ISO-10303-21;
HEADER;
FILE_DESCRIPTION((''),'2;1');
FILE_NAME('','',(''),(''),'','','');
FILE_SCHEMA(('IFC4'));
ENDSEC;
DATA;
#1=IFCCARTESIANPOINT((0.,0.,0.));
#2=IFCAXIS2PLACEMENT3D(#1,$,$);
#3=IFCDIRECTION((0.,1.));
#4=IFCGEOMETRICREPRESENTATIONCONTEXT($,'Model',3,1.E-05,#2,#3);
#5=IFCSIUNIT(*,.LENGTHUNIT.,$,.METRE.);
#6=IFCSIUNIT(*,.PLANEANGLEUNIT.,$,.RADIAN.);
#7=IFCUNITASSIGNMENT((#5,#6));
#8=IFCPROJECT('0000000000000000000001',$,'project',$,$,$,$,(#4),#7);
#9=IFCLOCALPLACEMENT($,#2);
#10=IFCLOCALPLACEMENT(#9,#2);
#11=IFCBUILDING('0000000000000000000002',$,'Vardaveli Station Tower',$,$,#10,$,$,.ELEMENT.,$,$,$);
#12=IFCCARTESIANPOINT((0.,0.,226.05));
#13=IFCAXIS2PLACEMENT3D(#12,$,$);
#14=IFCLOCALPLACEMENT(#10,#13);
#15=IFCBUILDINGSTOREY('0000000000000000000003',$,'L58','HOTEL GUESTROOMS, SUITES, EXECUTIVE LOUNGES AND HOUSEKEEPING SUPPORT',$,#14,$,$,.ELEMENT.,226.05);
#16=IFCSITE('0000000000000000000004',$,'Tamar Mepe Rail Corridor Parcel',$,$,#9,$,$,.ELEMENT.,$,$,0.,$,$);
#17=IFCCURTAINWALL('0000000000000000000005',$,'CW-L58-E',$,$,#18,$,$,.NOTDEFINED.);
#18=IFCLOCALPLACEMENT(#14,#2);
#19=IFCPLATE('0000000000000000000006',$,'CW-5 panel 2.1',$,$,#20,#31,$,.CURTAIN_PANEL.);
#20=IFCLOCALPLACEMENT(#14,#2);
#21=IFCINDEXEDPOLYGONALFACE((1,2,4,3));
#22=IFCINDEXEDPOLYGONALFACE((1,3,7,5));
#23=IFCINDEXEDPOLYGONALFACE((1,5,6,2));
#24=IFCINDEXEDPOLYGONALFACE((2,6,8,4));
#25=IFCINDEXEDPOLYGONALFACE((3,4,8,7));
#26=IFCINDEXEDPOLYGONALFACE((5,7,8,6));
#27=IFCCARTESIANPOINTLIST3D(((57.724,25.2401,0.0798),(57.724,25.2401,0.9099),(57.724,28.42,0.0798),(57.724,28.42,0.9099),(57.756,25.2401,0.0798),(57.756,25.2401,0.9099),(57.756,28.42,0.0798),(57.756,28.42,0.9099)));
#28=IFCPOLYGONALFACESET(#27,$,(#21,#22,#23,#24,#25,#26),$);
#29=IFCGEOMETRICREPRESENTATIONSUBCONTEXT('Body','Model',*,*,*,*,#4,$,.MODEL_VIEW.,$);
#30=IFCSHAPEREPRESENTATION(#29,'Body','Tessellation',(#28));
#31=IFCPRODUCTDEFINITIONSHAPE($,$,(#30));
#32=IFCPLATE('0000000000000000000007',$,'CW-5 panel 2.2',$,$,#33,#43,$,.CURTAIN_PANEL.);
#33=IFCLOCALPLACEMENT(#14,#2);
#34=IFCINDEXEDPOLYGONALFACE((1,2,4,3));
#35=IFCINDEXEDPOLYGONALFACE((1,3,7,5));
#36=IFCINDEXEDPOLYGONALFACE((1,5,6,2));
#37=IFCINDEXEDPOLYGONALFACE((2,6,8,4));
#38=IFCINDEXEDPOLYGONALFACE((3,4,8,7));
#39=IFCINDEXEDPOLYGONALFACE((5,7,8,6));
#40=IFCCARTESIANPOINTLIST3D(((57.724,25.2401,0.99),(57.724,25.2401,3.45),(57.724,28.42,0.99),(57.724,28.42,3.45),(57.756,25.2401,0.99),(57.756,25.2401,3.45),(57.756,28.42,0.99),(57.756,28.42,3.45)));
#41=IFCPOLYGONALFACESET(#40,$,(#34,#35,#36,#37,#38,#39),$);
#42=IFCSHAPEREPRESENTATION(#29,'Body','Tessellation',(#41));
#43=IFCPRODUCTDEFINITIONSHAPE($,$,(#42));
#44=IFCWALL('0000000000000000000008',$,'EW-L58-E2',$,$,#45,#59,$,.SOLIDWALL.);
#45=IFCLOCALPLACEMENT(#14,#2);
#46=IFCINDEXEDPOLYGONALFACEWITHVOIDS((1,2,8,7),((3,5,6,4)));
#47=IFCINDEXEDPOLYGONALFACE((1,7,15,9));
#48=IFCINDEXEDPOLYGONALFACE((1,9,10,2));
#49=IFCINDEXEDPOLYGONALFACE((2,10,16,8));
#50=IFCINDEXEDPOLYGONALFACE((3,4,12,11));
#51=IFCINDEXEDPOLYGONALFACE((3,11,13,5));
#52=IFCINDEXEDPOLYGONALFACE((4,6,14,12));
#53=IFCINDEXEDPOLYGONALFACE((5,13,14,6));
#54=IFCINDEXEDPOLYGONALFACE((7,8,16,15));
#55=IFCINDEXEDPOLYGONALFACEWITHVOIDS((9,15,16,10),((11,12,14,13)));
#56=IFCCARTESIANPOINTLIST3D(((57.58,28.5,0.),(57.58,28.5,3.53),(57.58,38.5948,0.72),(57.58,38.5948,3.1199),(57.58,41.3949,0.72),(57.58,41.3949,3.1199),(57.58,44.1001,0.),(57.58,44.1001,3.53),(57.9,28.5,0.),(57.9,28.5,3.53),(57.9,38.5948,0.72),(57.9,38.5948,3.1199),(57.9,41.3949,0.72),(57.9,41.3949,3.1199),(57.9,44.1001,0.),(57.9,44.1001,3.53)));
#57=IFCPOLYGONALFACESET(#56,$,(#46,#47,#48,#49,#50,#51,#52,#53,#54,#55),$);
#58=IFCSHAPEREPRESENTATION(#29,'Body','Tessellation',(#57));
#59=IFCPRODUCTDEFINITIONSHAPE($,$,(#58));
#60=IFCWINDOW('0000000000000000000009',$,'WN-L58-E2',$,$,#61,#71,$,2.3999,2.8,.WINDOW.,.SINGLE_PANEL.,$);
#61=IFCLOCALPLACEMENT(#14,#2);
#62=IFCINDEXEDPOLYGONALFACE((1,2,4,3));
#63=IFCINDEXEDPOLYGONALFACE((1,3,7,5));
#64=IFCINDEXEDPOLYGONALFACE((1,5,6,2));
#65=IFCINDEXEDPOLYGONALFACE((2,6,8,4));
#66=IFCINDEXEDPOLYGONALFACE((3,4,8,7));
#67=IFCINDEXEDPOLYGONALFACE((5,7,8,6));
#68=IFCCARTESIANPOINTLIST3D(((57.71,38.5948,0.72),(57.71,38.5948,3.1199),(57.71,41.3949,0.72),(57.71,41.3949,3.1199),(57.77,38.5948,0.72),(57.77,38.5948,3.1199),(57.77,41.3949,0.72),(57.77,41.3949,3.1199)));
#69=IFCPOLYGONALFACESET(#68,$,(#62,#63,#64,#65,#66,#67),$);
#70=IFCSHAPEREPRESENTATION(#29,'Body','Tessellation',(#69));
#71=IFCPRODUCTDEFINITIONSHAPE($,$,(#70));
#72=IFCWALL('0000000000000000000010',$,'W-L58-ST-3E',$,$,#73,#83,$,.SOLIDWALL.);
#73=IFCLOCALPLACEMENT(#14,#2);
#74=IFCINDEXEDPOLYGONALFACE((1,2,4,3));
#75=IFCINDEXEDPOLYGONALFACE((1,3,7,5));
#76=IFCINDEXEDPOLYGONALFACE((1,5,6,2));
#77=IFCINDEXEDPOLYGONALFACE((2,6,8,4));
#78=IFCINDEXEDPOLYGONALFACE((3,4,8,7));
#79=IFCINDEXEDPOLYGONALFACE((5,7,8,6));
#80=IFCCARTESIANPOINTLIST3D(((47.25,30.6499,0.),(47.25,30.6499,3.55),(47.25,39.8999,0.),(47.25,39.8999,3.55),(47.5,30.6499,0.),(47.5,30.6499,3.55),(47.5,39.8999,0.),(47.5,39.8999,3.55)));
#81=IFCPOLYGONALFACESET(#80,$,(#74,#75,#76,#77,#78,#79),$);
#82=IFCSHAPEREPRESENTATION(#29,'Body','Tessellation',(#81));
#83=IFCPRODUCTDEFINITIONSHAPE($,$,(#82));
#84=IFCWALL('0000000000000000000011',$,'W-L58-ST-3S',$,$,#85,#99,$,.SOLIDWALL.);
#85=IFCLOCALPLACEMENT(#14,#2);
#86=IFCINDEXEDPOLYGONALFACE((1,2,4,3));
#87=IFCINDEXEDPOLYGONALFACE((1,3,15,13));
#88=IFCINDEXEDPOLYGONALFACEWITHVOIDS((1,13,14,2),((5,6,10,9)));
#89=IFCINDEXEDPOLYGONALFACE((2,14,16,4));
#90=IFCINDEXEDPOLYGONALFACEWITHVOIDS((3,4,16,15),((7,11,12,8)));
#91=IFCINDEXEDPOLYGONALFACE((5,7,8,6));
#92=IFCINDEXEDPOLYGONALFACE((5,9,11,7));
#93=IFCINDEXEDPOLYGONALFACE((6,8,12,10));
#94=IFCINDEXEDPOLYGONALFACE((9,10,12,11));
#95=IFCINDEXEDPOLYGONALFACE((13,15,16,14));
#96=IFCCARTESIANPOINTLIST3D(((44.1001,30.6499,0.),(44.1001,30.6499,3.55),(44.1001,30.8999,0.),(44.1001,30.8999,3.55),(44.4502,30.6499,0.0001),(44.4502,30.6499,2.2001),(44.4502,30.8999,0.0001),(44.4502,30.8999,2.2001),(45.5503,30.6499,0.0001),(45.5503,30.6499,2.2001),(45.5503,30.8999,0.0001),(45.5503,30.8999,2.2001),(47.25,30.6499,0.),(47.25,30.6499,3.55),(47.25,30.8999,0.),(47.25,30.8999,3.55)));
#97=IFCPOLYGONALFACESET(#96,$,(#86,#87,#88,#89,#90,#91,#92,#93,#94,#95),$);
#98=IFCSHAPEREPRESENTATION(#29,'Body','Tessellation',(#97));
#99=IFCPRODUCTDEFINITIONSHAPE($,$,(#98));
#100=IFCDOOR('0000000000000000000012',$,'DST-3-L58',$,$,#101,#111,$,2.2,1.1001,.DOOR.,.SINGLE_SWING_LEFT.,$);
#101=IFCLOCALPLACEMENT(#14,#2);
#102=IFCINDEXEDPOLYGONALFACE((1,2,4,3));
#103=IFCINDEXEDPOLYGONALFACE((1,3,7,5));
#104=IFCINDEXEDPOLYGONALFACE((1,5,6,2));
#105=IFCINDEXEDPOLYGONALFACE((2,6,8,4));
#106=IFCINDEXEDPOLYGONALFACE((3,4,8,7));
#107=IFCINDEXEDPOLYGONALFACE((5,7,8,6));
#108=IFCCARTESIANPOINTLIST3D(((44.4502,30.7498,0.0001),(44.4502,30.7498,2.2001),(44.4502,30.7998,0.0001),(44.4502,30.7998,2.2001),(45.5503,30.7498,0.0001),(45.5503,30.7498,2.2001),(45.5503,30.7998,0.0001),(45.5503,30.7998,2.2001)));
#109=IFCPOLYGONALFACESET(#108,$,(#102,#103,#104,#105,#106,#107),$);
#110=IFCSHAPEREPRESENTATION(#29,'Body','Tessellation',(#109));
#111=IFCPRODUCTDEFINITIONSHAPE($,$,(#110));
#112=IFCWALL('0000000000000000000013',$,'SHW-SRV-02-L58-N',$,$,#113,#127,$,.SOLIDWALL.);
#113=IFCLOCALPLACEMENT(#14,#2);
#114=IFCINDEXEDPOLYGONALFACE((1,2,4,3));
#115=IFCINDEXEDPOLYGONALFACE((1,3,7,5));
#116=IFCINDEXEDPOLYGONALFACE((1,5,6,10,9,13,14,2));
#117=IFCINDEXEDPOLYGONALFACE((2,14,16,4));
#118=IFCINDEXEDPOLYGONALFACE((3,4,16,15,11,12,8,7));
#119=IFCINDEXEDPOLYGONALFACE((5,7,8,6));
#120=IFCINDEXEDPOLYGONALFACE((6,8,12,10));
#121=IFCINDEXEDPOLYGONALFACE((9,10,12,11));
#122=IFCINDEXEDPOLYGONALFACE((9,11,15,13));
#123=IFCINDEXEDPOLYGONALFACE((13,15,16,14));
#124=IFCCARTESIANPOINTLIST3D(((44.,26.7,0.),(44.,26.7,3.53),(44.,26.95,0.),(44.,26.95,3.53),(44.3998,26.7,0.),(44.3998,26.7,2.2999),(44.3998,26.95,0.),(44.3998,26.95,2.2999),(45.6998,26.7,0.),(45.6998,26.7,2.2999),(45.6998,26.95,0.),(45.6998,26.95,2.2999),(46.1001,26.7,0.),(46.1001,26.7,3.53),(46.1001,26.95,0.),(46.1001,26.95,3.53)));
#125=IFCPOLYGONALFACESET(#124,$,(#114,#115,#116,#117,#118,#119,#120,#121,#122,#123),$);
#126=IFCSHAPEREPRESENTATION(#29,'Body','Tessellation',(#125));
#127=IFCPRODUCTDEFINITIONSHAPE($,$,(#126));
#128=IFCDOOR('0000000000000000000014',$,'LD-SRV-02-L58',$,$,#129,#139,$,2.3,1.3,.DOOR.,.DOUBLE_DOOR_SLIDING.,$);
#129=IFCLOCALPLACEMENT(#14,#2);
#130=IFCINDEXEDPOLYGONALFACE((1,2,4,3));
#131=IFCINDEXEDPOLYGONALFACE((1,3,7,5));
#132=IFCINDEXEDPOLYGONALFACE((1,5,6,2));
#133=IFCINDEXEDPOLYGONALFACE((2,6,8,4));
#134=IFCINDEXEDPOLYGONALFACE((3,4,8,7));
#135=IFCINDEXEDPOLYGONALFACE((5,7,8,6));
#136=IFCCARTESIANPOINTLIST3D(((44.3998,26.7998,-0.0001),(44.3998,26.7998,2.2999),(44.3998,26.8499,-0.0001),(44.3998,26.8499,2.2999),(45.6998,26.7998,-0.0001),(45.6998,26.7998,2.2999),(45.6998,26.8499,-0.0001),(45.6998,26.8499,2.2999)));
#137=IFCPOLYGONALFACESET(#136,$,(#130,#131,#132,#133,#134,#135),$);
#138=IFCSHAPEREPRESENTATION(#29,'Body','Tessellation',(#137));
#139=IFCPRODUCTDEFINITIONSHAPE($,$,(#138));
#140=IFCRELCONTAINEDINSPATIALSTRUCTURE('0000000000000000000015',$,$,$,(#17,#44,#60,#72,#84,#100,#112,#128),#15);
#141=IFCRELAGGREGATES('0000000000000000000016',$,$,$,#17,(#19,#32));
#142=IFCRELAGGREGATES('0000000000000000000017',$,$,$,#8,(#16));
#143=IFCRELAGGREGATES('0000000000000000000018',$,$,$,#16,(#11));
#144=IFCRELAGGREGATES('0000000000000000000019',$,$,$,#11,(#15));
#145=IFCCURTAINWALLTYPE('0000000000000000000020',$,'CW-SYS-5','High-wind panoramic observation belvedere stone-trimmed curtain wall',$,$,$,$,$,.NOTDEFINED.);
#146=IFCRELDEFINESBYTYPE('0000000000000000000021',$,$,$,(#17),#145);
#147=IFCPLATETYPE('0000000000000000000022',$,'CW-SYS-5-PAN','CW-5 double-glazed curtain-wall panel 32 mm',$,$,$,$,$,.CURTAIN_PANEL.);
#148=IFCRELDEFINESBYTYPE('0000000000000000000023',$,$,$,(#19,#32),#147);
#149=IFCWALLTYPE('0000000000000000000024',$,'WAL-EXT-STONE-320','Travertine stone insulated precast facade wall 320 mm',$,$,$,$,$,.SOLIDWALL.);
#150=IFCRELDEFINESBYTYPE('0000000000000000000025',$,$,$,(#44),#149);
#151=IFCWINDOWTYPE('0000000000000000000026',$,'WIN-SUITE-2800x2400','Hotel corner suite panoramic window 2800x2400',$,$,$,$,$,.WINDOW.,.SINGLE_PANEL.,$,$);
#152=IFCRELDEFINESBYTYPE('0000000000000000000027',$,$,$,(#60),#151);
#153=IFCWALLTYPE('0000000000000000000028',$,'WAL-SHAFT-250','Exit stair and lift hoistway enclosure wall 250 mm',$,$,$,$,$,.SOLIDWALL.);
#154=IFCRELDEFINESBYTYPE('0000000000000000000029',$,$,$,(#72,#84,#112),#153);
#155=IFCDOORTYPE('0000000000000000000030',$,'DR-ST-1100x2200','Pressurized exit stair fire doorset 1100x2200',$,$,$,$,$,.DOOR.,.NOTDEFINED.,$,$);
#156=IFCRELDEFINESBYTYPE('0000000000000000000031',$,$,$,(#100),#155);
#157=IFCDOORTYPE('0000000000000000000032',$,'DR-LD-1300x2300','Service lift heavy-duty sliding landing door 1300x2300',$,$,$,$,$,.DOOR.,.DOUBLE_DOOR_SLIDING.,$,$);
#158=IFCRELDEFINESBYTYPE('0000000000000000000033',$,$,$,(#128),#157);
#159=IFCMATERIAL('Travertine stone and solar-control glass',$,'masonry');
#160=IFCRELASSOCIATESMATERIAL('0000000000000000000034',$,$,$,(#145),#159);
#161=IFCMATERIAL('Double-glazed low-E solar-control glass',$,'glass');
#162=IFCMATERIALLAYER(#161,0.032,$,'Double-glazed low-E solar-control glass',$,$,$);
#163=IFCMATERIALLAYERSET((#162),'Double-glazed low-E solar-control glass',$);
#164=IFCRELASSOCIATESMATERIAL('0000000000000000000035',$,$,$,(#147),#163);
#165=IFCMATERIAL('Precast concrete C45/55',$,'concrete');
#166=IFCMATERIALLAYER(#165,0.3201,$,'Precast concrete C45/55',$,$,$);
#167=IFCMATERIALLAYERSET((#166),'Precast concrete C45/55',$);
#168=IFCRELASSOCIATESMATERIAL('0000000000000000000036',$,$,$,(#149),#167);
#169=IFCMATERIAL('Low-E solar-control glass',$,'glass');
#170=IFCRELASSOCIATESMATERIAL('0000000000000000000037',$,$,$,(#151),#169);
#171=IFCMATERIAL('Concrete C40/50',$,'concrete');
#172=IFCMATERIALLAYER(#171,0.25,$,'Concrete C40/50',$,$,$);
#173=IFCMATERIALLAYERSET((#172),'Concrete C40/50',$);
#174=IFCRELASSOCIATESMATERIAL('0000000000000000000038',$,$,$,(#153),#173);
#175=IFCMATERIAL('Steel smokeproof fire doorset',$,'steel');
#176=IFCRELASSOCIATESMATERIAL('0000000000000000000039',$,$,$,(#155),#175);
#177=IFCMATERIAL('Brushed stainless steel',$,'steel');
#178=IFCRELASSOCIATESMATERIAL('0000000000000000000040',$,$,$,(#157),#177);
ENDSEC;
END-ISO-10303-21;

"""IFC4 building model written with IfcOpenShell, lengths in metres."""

from ifc_helpers import new_model, si_unit, direction, frame, frame_2d, origin, origin_2d, place, context, subcontext, project, spatial, rectangle, extrude, source, transform, mapped, material, layer, layer_set, type_object, element, fill, aggregate, save


model = new_model("IFC4")

# Units and contexts
model_context = context("Model", 3, precision=1e-05, world=origin(), true_north=direction((0.0, 1.0)))
body_context = subcontext(model_context, "Body", "Model", "MODEL_VIEW")
ifc_project = project(units=[si_unit("LENGTHUNIT", "METRE"), si_unit("PLANEANGLEUNIT", "RADIAN")], contexts=[model_context])

# Site, building, storey
site_placement = place(None, origin())
site = spatial("IfcSite", under=ifc_project, at=site_placement, Name="Tamar Mepe Rail Corridor Parcel", CompositionType="ELEMENT", RefElevation=0.0)
building_placement = place(site_placement, origin())
building = spatial("IfcBuilding", under=site, at=building_placement, Name="Vardaveli Station Tower", CompositionType="ELEMENT")
storey_placement = place(building_placement, frame((0.0, 0.0, 226.05)))
storey = spatial("IfcBuildingStorey", under=building, at=storey_placement, Name="L58", Description="HOTEL GUESTROOMS, SUITES, EXECUTIVE LOUNGES AND HOUSEKEEPING SUPPORT", CompositionType="ELEMENT", Elevation=226.05)

# Shared definitions
ifc_material_1 = material(Name="Precast concrete C45/55", Category="concrete")

# Curtain wall, plates
ifc_material_2 = material(Name="Travertine stone and solar-control glass", Category="masonry")
curtain_wall_type = type_object("IfcCurtainWallType", Name="CW-SYS-5", Description="High-wind panoramic observation belvedere stone-trimmed curtain wall", PredefinedType="NOTDEFINED", material=ifc_material_2)
curtain_wall_placement = place(storey_placement, origin())
curtain_wall = element("IfcCurtainWall", 1, at=curtain_wall_placement, inside=storey, type_object=curtain_wall_type, Name="CW-L58-E", PredefinedType="NOTDEFINED")
ifc_material_3 = material(Name="Double-glazed low-E solar-control glass", Category="glass")
ifc_layer_1 = layer(ifc_material_3, 0.032, Name="Double-glazed low-E solar-control glass")
ifc_layer_set_1 = layer_set([ifc_layer_1], Name="Double-glazed low-E solar-control glass")
plate_type = type_object("IfcPlateType", Name="CW-SYS-5-PAN", Description="CW-5 double-glazed curtain-wall panel 32 mm", PredefinedType="CURTAIN_PANEL", material=ifc_layer_set_1)
shared_shape_1 = source(origin(), body_context, "Body", "SweptSolid", [
    extrude(rectangle(XDim=3.1799, YDim=0.032, at=origin_2d()), origin(), (0.0, 0.0, 1.0), 0.8301),
])
plate_1_placement = place(storey_placement, frame((57.74, 26.8301, 0.0798), z_axis=(0.0, 0.0, 1.0), x_axis=(0.0, 1.0, 0.0)))
plate_1 = element("IfcPlate", 2, at=plate_1_placement, type_object=plate_type, Name="CW-5 panel 2.1", PredefinedType="CURTAIN_PANEL", context=body_context, shape_type="MappedRepresentation", body=[
    mapped(shared_shape_1, transform((0.0, 0.0, 0.0), scale=1.0)),
])
shared_shape_2 = source(origin(), body_context, "Body", "SweptSolid", [
    extrude(rectangle(XDim=3.1799, YDim=0.032, at=origin_2d()), origin(), (0.0, 0.0, 1.0), 2.46),
])
plate_2_placement = place(storey_placement, frame((57.74, 26.8301, 0.99), z_axis=(0.0, 0.0, 1.0), x_axis=(0.0, 1.0, 0.0)))
plate_2 = element("IfcPlate", 3, at=plate_2_placement, type_object=plate_type, Name="CW-5 panel 2.2", PredefinedType="CURTAIN_PANEL", context=body_context, shape_type="MappedRepresentation", body=[
    mapped(shared_shape_2, transform((0.0, 0.0, 0.0), scale=1.0)),
])
aggregate(curtain_wall, [plate_1, plate_2])

# Wall, opening, window
ifc_layer_2 = layer(ifc_material_1, 0.3201, Name="Precast concrete C45/55")
ifc_layer_set_2 = layer_set([ifc_layer_2], Name="Precast concrete C45/55")
wall_type_1 = type_object("IfcWallType", Name="WAL-EXT-STONE-320", Description="Travertine stone insulated precast facade wall 320 mm", PredefinedType="SOLIDWALL", material=ifc_layer_set_2)
shared_shape_3 = source(origin(), body_context, "Body", "SweptSolid", [
    extrude(rectangle(XDim=15.6001, YDim=0.3201, at=frame_2d((7.8, 0.0))), origin(), (0.0, 0.0, 1.0), 3.53),
])
wall_1_placement = place(storey_placement, frame((57.74, 28.5, 0.0), z_axis=(0.0, 0.0, 1.0), x_axis=(0.0, 1.0, 0.0)))
wall_1 = element("IfcWall", 4, at=wall_1_placement, inside=storey, type_object=wall_type_1, Name="EW-L58-E2", PredefinedType="SOLIDWALL", context=body_context, shape_type="MappedRepresentation", body=[
    mapped(shared_shape_3, transform((0.0, 0.0, 0.0), scale=1.0)),
])
shared_shape_4 = source(origin(), body_context, "Body", "SweptSolid", [
    extrude(rectangle(XDim=2.8, YDim=2.3999, at=frame_2d((1.3999, 1.2))), frame((0.0, 0.1699, 0.0), z_axis=(0.0, -1.0, 0.0), x_axis=(1.0, 0.0, 0.0)), (0.0, 0.0, 1.0), 0.3401),
])
opening_1_placement = place(wall_1_placement, frame((10.095, 0.0, 0.72)))
opening_1 = element("IfcOpeningElement", 5, at=opening_1_placement, cuts=wall_1, PredefinedType="OPENING", context=body_context, shape_type="MappedRepresentation", body=[
    mapped(shared_shape_4, transform((0.0, 0.0, 0.0), scale=1.0)),
])
ifc_material_4 = material(Name="Low-E solar-control glass", Category="glass")
window_type = type_object("IfcWindowType", Name="WIN-SUITE-2800x2400", Description="Hotel corner suite panoramic window 2800x2400", PartitioningType="SINGLE_PANEL", PredefinedType="WINDOW", material=ifc_material_4)
shared_shape_5 = source(origin(), body_context, "Body", "SweptSolid", [
    extrude(rectangle(XDim=2.8, YDim=2.3999, at=frame_2d((1.3999, 1.2))), frame((0.0, 0.03, 0.0), z_axis=(0.0, -1.0, 0.0), x_axis=(1.0, 0.0, 0.0)), (0.0, 0.0, 1.0), 0.0601),
])
window_placement = place(opening_1_placement, origin())
window = element("IfcWindow", 6, at=window_placement, inside=storey, type_object=window_type, Name="WN-L58-E2", OverallHeight=2.3999, OverallWidth=2.8, PartitioningType="SINGLE_PANEL", PredefinedType="WINDOW", context=body_context, shape_type="MappedRepresentation", body=[
    mapped(shared_shape_5, transform((0.0, 0.0, 0.0), scale=1.0)),
])
fill(opening_1, window)

# Wall
ifc_material_5 = material(Name="Concrete C40/50", Category="concrete")
ifc_layer_3 = layer(ifc_material_5, 0.25, Name="Concrete C40/50")
ifc_layer_set_3 = layer_set([ifc_layer_3], Name="Concrete C40/50")
wall_type_2 = type_object("IfcWallType", Name="WAL-SHAFT-250", Description="Exit stair and lift hoistway enclosure wall 250 mm", PredefinedType="SOLIDWALL", material=ifc_layer_set_3)
shared_shape_6 = source(origin(), body_context, "Body", "SweptSolid", [
    extrude(rectangle(XDim=9.25, YDim=0.25, at=frame_2d((4.625, 0.0))), origin(), (0.0, 0.0, 1.0), 3.55),
])
wall_2_placement = place(storey_placement, frame((47.375, 30.6499, 0.0), z_axis=(0.0, 0.0, 1.0), x_axis=(0.0, 1.0, 0.0)))
element("IfcWall", 7, at=wall_2_placement, inside=storey, type_object=wall_type_2, Name="W-L58-ST-3E", PredefinedType="SOLIDWALL", context=body_context, shape_type="MappedRepresentation", body=[
    mapped(shared_shape_6, transform((0.0, 0.0, 0.0), scale=1.0)),
])

# Walls, openings, doors
shared_shape_7 = source(origin(), body_context, "Body", "SweptSolid", [
    extrude(rectangle(XDim=3.1499, YDim=0.25, at=frame_2d((1.575, 0.0))), origin(), (0.0, 0.0, 1.0), 3.55),
])
wall_3_placement = place(storey_placement, frame((44.1001, 30.7749, 0.0), z_axis=(0.0, 0.0, 1.0), x_axis=(1.0, 0.0, 0.0)))
wall_3 = element("IfcWall", 8, at=wall_3_placement, inside=storey, type_object=wall_type_2, Name="W-L58-ST-3S", PredefinedType="SOLIDWALL", context=body_context, shape_type="MappedRepresentation", body=[
    mapped(shared_shape_7, transform((0.0, 0.0, 0.0), scale=1.0)),
])
shared_shape_8 = source(origin(), body_context, "Body", "SweptSolid", [
    extrude(rectangle(XDim=1.1001, YDim=2.2, at=frame_2d((0.55, 1.1001))), frame((0.0, 0.135, 0.0), z_axis=(0.0, -1.0, 0.0), x_axis=(1.0, 0.0, 0.0)), (0.0, 0.0, 1.0), 0.27),
])
opening_2_placement = place(wall_3_placement, frame((0.3501, 0.0, 0.0)))
opening_2 = element("IfcOpeningElement", 9, at=opening_2_placement, cuts=wall_3, PredefinedType="OPENING", context=body_context, shape_type="MappedRepresentation", body=[
    mapped(shared_shape_8, transform((0.0, 0.0, 0.0), scale=1.0)),
])
ifc_material_6 = material(Name="Steel smokeproof fire doorset", Category="steel")
door_type_1 = type_object("IfcDoorType", Name="DR-ST-1100x2200", Description="Pressurized exit stair fire doorset 1100x2200", OperationType="NOTDEFINED", PredefinedType="DOOR", material=ifc_material_6)
shared_shape_9 = source(origin(), body_context, "Body", "SweptSolid", [
    extrude(rectangle(XDim=1.1001, YDim=2.2, at=frame_2d((0.55, 1.1001))), frame((0.0, 0.0249, 0.0), z_axis=(0.0, -1.0, 0.0), x_axis=(1.0, 0.0, 0.0)), (0.0, 0.0, 1.0), 0.05),
])
door_1_placement = place(opening_2_placement, origin())
door_1 = element("IfcDoor", 10, at=door_1_placement, inside=storey, type_object=door_type_1, Name="DST-3-L58", OperationType="SINGLE_SWING_LEFT", OverallHeight=2.2, OverallWidth=1.1001, PredefinedType="DOOR", context=body_context, shape_type="MappedRepresentation", body=[
    mapped(shared_shape_9, transform((0.0, 0.0, 0.0), scale=1.0)),
])
fill(opening_2, door_1)
shared_shape_10 = source(origin(), body_context, "Body", "SweptSolid", [
    extrude(rectangle(XDim=2.1001, YDim=0.25, at=frame_2d((1.05, 0.0))), origin(), (0.0, 0.0, 1.0), 3.53),
])
wall_4_placement = place(storey_placement, frame((44.0, 26.825, 0.0), z_axis=(0.0, 0.0, 1.0), x_axis=(1.0, 0.0, 0.0)))
wall_4 = element("IfcWall", 11, at=wall_4_placement, inside=storey, type_object=wall_type_2, Name="SHW-SRV-02-L58-N", PredefinedType="SOLIDWALL", context=body_context, shape_type="MappedRepresentation", body=[
    mapped(shared_shape_10, transform((0.0, 0.0, 0.0), scale=1.0)),
])
shared_shape_11 = source(origin(), body_context, "Body", "SweptSolid", [
    extrude(rectangle(XDim=1.3, YDim=2.3, at=frame_2d((0.6499, 1.1499))), frame((0.0, 0.135, 0.0), z_axis=(0.0, -1.0, 0.0), x_axis=(1.0, 0.0, 0.0)), (0.0, 0.0, 1.0), 0.27),
])
opening_3_placement = place(wall_4_placement, frame((0.3999, 0.0, 0.0)))
opening_3 = element("IfcOpeningElement", 12, at=opening_3_placement, cuts=wall_4, PredefinedType="OPENING", context=body_context, shape_type="MappedRepresentation", body=[
    mapped(shared_shape_11, transform((0.0, 0.0, 0.0), scale=1.0)),
])
ifc_material_7 = material(Name="Brushed stainless steel", Category="steel")
door_type_2 = type_object("IfcDoorType", Name="DR-LD-1300x2300", Description="Service lift heavy-duty sliding landing door 1300x2300", OperationType="DOUBLE_DOOR_SLIDING", PredefinedType="DOOR", material=ifc_material_7)
shared_shape_12 = source(origin(), body_context, "Body", "SweptSolid", [
    extrude(rectangle(XDim=1.3, YDim=2.3, at=frame_2d((0.6499, 1.1499))), frame((0.0, 0.0249, 0.0), z_axis=(0.0, -1.0, 0.0), x_axis=(1.0, 0.0, 0.0)), (0.0, 0.0, 1.0), 0.05),
])
door_2_placement = place(opening_3_placement, origin())
door_2 = element("IfcDoor", 13, at=door_2_placement, inside=storey, type_object=door_type_2, Name="LD-SRV-02-L58", OperationType="DOUBLE_DOOR_SLIDING", OverallHeight=2.3, OverallWidth=1.3, PredefinedType="DOOR", context=body_context, shape_type="MappedRepresentation", body=[
    mapped(shared_shape_12, transform((0.0, 0.0, 0.0), scale=1.0)),
])
fill(opening_3, door_2)

save(model, "model.ifc")
